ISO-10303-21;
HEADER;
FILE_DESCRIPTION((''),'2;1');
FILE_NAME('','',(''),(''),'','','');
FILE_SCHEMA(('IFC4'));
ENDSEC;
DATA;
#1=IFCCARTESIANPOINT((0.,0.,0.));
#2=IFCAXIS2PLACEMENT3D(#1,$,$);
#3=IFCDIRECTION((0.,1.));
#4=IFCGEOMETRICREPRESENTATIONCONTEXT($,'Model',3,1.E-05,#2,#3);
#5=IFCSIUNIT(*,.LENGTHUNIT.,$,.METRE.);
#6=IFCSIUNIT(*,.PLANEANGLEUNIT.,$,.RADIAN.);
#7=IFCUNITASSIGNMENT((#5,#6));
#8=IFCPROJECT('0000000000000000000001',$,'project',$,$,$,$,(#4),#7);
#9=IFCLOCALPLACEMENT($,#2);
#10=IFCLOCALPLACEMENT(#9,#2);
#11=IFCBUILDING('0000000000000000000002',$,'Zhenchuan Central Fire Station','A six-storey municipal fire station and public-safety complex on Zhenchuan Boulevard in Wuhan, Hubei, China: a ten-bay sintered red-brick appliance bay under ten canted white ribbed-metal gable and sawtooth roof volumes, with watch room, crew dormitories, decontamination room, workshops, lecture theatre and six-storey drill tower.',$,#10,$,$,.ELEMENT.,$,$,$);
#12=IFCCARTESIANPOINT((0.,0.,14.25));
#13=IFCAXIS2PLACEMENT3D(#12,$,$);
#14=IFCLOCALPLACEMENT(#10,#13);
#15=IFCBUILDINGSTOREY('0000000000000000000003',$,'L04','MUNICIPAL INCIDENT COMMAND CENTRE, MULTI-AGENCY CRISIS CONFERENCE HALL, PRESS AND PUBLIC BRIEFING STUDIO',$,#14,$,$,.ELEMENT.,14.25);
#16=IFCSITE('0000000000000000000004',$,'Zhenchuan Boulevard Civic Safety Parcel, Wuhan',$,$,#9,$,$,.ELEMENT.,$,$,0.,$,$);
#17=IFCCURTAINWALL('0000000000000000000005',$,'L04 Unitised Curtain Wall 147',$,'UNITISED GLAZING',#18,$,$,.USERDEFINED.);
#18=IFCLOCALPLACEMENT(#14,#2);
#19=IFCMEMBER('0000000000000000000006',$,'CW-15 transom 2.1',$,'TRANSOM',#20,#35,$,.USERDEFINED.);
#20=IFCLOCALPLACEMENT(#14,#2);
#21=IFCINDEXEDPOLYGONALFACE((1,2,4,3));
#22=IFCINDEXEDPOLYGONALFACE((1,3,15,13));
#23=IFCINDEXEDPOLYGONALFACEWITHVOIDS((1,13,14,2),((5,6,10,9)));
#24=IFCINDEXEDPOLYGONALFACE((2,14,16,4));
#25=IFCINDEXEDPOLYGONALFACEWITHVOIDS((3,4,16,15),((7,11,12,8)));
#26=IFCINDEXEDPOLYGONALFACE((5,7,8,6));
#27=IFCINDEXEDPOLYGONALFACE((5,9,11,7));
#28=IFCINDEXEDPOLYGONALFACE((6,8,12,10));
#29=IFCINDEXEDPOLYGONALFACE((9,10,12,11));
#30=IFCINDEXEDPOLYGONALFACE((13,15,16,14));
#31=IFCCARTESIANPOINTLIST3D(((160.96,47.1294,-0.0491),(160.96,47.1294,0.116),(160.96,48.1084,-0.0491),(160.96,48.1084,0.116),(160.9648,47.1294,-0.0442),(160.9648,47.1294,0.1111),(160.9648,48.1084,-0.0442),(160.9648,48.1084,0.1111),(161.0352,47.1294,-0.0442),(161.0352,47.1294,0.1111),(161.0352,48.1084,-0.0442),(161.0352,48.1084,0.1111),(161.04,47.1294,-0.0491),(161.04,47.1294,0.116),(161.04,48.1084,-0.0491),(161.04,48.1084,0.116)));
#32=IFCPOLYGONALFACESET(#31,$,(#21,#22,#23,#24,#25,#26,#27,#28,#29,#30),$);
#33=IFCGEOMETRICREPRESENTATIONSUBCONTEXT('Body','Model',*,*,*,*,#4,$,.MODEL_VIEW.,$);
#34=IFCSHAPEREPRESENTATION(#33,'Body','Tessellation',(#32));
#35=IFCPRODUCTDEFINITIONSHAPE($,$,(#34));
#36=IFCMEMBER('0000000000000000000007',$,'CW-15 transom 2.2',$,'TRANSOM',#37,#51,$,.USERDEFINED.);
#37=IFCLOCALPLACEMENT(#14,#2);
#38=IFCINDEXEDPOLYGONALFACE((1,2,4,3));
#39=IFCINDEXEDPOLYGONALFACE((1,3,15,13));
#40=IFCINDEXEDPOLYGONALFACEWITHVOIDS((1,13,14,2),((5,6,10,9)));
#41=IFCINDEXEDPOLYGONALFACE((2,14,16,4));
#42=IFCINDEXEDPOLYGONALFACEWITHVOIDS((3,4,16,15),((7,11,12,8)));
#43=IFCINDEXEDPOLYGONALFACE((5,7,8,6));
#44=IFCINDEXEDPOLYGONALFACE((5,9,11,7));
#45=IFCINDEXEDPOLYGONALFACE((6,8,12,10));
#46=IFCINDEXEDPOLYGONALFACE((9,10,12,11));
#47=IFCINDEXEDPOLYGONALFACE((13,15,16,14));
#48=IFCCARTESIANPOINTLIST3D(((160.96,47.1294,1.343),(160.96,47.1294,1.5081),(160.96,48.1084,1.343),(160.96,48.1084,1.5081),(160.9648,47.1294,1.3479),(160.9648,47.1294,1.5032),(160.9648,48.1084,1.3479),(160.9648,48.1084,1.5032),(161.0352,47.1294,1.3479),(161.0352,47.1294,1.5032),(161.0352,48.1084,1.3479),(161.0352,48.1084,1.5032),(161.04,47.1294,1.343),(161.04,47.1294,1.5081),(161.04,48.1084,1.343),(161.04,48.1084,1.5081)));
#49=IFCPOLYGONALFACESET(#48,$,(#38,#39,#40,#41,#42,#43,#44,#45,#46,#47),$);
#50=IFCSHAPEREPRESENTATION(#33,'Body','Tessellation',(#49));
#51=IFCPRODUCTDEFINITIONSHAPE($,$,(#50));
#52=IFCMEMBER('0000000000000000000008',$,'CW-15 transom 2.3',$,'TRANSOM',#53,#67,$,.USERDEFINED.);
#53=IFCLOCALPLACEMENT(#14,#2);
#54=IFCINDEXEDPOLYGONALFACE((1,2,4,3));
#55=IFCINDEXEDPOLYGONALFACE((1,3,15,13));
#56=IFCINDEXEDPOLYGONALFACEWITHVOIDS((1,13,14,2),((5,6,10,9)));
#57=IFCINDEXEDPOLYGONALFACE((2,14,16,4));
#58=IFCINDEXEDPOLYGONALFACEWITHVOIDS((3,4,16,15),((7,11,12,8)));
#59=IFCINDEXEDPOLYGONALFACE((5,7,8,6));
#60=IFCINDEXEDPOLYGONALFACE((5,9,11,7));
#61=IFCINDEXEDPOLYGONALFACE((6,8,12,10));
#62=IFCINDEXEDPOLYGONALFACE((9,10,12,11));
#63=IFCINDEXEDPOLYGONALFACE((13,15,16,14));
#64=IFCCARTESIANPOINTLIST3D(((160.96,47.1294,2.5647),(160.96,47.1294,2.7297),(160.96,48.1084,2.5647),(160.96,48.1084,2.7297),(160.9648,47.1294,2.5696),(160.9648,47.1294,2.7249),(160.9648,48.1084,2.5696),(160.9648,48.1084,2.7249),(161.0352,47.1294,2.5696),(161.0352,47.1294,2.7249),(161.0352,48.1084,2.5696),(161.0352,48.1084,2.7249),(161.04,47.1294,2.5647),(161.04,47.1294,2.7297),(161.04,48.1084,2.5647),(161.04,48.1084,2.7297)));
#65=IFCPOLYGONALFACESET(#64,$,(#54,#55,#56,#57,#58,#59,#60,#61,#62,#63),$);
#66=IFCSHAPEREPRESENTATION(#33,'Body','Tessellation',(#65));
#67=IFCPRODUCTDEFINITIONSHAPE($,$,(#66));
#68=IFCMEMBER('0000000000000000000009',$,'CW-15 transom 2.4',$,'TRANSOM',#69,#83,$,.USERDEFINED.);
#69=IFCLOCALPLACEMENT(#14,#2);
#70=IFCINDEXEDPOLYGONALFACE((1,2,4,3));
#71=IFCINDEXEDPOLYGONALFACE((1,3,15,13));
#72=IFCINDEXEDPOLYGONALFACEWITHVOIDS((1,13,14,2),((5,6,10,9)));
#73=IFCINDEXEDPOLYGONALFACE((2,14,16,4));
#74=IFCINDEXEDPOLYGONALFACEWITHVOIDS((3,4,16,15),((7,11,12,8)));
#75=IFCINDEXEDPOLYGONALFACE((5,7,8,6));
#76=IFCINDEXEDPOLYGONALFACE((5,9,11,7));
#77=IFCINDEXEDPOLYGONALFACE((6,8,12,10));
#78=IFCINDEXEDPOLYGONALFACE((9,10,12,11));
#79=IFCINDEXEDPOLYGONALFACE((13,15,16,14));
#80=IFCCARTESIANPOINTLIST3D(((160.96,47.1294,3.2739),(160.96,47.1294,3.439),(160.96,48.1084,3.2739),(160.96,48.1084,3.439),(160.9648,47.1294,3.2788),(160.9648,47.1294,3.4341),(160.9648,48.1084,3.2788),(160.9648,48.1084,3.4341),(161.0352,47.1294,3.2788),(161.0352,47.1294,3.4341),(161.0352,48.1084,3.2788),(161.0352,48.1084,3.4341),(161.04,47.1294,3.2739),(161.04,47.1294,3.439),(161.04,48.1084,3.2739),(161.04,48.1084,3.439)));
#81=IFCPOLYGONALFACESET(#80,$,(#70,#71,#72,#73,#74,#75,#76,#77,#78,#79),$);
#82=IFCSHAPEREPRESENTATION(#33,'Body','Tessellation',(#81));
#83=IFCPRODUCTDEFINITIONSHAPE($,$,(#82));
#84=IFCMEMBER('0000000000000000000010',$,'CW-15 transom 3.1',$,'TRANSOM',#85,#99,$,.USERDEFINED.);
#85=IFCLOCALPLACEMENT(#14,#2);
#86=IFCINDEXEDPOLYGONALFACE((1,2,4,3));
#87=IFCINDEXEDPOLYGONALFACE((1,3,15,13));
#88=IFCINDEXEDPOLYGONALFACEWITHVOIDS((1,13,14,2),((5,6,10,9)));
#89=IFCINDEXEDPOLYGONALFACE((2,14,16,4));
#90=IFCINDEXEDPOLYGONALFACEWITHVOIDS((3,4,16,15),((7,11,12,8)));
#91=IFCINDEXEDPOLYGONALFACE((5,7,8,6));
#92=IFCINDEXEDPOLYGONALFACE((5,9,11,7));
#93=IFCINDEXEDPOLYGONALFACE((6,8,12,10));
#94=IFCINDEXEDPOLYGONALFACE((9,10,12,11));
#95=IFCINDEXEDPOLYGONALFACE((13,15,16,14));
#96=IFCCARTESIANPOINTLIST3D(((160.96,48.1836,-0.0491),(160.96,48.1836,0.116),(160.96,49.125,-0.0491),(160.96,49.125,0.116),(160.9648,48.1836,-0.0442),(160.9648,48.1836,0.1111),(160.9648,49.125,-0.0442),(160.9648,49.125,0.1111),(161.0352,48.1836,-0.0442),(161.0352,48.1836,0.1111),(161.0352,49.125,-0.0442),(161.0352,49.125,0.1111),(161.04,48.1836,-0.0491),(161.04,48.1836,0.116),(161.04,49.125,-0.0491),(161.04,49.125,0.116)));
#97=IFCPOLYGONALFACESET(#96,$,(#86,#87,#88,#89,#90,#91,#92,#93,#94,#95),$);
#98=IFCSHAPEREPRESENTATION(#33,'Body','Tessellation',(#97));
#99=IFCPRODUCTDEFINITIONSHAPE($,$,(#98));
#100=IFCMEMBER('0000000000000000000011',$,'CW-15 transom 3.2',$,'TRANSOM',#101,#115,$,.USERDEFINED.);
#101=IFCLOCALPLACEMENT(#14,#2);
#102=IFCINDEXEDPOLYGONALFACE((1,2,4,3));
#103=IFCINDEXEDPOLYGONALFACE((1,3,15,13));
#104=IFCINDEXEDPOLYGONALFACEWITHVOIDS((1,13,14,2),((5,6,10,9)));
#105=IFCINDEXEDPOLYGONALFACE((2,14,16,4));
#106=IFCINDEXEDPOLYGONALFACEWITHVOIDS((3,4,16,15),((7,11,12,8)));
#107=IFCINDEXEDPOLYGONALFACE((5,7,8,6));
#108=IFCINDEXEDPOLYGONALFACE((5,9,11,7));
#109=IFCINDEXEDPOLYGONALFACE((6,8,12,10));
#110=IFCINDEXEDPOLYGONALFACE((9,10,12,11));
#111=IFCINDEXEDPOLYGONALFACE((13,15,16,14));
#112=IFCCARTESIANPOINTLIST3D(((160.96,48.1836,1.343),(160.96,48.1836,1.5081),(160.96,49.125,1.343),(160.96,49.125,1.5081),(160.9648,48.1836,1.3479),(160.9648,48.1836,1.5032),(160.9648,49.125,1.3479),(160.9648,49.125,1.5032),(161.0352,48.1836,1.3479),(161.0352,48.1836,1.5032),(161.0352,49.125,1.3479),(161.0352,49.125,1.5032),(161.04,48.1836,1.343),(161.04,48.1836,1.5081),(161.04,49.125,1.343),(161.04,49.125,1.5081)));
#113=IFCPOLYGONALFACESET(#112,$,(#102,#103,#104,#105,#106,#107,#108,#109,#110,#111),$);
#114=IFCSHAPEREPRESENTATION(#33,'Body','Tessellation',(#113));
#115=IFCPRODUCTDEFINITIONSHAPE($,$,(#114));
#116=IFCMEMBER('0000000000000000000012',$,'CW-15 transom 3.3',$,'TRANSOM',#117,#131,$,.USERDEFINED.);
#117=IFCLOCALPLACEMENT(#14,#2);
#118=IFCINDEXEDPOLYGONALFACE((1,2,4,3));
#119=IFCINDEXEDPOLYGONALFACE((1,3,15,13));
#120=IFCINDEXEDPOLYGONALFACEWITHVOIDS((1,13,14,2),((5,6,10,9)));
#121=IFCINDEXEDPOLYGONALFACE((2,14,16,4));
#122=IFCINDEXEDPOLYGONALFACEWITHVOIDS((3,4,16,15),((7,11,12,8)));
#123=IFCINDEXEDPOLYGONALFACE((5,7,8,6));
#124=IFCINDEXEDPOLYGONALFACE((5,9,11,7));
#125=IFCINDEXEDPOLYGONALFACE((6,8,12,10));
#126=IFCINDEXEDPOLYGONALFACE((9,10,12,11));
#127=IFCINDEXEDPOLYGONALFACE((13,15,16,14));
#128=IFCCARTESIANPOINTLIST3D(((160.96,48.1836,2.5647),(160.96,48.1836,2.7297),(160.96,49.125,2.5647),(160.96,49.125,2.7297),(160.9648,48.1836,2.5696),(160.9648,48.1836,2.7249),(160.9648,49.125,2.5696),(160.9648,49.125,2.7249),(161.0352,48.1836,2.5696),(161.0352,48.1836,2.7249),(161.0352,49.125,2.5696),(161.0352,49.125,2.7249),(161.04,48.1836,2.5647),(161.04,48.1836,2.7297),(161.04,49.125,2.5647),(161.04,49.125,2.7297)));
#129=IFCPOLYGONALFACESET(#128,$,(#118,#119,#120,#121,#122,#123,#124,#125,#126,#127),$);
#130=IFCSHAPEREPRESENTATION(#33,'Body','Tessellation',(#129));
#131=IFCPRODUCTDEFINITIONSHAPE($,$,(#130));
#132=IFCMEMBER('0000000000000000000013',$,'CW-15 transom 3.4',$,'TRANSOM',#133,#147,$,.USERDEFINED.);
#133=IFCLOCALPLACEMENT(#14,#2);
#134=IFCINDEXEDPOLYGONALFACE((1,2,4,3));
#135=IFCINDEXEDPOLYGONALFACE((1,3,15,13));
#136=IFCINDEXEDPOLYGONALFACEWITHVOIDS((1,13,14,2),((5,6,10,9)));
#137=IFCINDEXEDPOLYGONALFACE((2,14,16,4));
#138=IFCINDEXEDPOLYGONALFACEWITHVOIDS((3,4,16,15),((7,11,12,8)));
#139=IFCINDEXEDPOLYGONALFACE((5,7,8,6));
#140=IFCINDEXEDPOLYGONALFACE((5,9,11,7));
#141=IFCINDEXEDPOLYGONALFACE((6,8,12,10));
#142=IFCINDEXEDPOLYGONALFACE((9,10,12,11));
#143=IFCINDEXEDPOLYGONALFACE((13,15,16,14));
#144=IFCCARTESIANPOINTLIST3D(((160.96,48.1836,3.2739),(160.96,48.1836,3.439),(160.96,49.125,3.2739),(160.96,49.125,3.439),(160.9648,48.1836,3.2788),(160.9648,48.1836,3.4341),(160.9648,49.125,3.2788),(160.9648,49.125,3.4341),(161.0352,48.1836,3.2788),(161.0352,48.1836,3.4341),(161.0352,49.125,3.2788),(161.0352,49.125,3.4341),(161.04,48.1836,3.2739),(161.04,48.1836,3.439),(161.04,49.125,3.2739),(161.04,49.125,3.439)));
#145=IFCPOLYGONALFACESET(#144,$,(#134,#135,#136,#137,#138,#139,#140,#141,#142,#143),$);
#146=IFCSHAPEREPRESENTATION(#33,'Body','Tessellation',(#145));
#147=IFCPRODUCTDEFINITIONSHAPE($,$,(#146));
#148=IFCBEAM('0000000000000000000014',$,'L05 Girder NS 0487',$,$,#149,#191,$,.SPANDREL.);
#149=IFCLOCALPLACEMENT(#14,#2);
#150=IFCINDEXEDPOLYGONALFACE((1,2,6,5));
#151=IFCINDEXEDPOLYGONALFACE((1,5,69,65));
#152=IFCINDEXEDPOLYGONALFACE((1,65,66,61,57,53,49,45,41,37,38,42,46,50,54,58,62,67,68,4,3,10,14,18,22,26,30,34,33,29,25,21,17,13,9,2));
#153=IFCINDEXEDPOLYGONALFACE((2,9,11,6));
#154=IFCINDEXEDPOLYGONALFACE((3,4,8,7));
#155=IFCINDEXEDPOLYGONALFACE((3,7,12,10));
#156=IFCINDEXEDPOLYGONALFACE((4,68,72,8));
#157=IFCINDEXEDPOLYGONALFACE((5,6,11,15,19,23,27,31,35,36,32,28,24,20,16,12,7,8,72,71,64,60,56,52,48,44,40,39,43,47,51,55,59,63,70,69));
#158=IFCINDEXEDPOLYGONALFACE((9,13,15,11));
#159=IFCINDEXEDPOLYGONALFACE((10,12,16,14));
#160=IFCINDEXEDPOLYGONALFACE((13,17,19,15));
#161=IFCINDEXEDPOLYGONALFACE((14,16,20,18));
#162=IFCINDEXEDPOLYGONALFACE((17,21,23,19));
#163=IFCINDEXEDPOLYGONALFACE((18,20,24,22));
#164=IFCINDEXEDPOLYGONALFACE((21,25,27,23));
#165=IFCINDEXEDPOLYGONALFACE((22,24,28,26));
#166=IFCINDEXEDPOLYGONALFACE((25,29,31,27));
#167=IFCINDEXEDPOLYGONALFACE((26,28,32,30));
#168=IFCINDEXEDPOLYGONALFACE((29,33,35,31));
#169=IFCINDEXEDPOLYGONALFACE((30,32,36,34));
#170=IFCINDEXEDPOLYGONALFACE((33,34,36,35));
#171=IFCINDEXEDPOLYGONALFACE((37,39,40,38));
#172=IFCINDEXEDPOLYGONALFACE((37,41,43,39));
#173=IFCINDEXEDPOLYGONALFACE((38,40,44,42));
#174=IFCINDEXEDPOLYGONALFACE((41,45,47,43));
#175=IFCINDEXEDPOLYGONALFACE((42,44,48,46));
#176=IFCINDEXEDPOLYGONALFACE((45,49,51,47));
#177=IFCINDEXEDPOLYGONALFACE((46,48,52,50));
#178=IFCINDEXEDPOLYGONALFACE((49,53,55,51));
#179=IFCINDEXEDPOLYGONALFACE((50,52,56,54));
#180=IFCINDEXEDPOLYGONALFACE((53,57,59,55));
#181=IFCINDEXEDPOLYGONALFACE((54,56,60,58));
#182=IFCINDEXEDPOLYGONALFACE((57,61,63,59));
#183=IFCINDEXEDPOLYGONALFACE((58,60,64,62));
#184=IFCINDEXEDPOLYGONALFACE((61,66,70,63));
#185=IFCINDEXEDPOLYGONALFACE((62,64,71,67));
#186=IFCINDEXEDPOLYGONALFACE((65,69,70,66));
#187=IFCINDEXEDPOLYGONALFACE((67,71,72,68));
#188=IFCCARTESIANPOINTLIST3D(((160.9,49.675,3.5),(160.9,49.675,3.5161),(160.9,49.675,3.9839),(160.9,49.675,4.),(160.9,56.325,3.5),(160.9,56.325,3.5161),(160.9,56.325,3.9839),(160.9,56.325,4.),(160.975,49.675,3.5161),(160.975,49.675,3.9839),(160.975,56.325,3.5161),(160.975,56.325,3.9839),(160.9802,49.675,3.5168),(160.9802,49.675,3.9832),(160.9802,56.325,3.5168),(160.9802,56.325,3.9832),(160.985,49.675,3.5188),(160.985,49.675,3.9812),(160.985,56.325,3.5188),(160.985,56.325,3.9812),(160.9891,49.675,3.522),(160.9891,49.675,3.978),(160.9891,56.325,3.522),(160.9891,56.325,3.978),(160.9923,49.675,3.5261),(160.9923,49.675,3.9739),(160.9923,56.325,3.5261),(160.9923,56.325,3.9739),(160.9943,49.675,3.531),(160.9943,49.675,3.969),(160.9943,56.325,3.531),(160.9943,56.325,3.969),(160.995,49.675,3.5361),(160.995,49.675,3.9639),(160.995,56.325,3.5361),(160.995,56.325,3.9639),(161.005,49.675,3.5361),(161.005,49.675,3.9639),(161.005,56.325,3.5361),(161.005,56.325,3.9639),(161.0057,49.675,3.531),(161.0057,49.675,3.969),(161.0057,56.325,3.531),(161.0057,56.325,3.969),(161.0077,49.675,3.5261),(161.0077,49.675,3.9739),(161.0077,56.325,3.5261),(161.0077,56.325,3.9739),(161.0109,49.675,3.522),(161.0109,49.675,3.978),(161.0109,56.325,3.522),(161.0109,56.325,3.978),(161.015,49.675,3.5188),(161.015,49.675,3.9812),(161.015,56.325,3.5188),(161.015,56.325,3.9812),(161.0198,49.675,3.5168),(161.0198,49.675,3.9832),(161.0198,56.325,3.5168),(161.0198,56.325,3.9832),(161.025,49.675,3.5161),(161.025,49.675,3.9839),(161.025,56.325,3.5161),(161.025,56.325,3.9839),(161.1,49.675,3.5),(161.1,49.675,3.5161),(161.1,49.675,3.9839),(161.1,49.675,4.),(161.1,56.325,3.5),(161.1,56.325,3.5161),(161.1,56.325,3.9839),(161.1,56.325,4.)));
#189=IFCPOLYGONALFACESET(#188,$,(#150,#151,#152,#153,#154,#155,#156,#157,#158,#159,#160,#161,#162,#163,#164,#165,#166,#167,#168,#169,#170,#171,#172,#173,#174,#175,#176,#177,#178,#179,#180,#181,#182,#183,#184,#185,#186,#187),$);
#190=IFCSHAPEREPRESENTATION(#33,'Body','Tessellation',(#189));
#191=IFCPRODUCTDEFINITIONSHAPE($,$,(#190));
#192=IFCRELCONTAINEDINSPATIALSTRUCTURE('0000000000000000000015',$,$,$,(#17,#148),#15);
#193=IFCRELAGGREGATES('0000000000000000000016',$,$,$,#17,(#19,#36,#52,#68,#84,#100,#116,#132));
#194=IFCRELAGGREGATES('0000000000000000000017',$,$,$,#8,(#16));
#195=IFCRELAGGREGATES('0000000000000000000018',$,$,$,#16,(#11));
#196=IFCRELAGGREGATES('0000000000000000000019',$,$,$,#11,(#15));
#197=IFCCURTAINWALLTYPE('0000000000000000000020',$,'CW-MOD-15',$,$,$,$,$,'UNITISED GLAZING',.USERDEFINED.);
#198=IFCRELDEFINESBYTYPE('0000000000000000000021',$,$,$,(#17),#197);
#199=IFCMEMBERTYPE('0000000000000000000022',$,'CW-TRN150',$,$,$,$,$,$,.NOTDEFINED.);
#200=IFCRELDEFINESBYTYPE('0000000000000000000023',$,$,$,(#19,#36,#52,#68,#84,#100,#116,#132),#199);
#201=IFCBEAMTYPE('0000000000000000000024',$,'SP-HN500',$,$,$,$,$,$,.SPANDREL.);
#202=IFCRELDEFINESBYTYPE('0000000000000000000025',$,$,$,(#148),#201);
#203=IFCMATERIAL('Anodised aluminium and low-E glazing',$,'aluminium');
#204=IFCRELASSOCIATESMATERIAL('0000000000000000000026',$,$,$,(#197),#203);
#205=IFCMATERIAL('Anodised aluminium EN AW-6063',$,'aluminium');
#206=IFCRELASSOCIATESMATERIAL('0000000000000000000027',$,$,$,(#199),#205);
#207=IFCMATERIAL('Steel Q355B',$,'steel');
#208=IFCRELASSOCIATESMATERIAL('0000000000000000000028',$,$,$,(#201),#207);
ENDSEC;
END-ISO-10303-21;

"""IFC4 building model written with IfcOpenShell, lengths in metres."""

from ifc_helpers import new_model, si_unit, direction, frame, origin, origin_2d, place, context, subcontext, project, spatial, hollow_rectangle, i_section, extrude, material, material_profile, profile_set, type_object, element, aggregate, save


model = new_model("IFC4")

# Units and contexts
model_context = context("Model", 3, precision=1e-05, world=origin(), true_north=direction((0.0, 1.0)))
body_context = subcontext(model_context, "Body", "Model", "MODEL_VIEW")
ifc_project = project(units=[si_unit("LENGTHUNIT", "METRE"), si_unit("PLANEANGLEUNIT", "RADIAN")], contexts=[model_context])

# Site, building, storey
site_placement = place(None, origin())
site = spatial("IfcSite", under=ifc_project, at=site_placement, Name="Zhenchuan Boulevard Civic Safety Parcel, Wuhan", CompositionType="ELEMENT", RefElevation=0.0)
building_placement = place(site_placement, origin())
building = spatial("IfcBuilding", under=site, at=building_placement, Name="Zhenchuan Central Fire Station", Description="A six-storey municipal fire station and public-safety complex on Zhenchuan Boulevard in Wuhan, Hubei, China: a ten-bay sintered red-brick appliance bay under ten canted white ribbed-metal gable and sawtooth roof volumes, with watch room, crew dormitories, decontamination room, workshops, lecture theatre and six-storey drill tower.", CompositionType="ELEMENT")
storey_placement = place(building_placement, frame((0.0, 0.0, 14.25)))
storey = spatial("IfcBuildingStorey", under=building, at=storey_placement, Name="L04", Description="MUNICIPAL INCIDENT COMMAND CENTRE, MULTI-AGENCY CRISIS CONFERENCE HALL, PRESS AND PUBLIC BRIEFING STUDIO", CompositionType="ELEMENT", Elevation=14.25)

# Shared definitions
ifc_material_1 = material(Name="Steel Q355B", Category="steel")

# Curtain wall, members
ifc_material_2 = material(Name="Anodised aluminium and low-E glazing", Category="aluminium")
curtain_wall_type = type_object("IfcCurtainWallType", Name="CW-MOD-15", ElementType="UNITISED GLAZING", PredefinedType="USERDEFINED", material=ifc_material_2)
curtain_wall_placement = place(storey_placement, origin())
curtain_wall = element("IfcCurtainWall", 1, at=curtain_wall_placement, inside=storey, type_object=curtain_wall_type, Name="L04 Unitised Curtain Wall 147", ObjectType="UNITISED GLAZING", PredefinedType="USERDEFINED")
ifc_material_3 = material(Name="Anodised aluminium EN AW-6063", Category="aluminium")
ifc_material_profile_1 = material_profile(ifc_material_3, hollow_rectangle(XDim=0.0801, YDim=0.165, WallThickness=0.0049, at=origin_2d()), Name="ALU-T 165x80")
ifc_profile_set_1 = profile_set([ifc_material_profile_1], Name="Anodised aluminium EN AW-6063")
member_type_1 = type_object("IfcMemberType", Name="CW-TRN150", PredefinedType="NOTDEFINED", material=ifc_profile_set_1)
member_1_placement = place(storey_placement, frame((161.0, 47.1294, 0.0334), z_axis=(0.0, 1.0, 0.0), x_axis=(-1.0, 0.0, 0.0)))
member_1 = element("IfcMember", 2, at=member_1_placement, type_object=member_type_1, Name="CW-15 transom 2.1", ObjectType="TRANSOM", PredefinedType="USERDEFINED", context=body_context, shape_type="SweptSolid", body=[
    extrude(hollow_rectangle(XDim=0.0801, YDim=0.165, WallThickness=0.0049, at=origin_2d()), origin(), (0.0, 0.0, 1.0), 0.979),
])
member_2_placement = place(storey_placement, frame((161.0, 47.1294, 1.4255), z_axis=(0.0, 1.0, 0.0), x_axis=(-1.0, 0.0, 0.0)))
member_2 = element("IfcMember", 3, at=member_2_placement, type_object=member_type_1, Name="CW-15 transom 2.2", ObjectType="TRANSOM", PredefinedType="USERDEFINED", context=body_context, shape_type="SweptSolid", body=[
    extrude(hollow_rectangle(XDim=0.0801, YDim=0.165, WallThickness=0.0049, at=origin_2d()), origin(), (0.0, 0.0, 1.0), 0.979),
])
member_3_placement = place(storey_placement, frame((161.0, 47.1294, 2.6472), z_axis=(0.0, 1.0, 0.0), x_axis=(-1.0, 0.0, 0.0)))
member_3 = element("IfcMember", 4, at=member_3_placement, type_object=member_type_1, Name="CW-15 transom 2.3", ObjectType="TRANSOM", PredefinedType="USERDEFINED", context=body_context, shape_type="SweptSolid", body=[
    extrude(hollow_rectangle(XDim=0.0801, YDim=0.165, WallThickness=0.0049, at=origin_2d()), origin(), (0.0, 0.0, 1.0), 0.979),
])
member_4_placement = place(storey_placement, frame((161.0, 47.1294, 3.3564), z_axis=(0.0, 1.0, 0.0), x_axis=(-1.0, 0.0, 0.0)))
member_4 = element("IfcMember", 5, at=member_4_placement, type_object=member_type_1, Name="CW-15 transom 2.4", ObjectType="TRANSOM", PredefinedType="USERDEFINED", context=body_context, shape_type="SweptSolid", body=[
    extrude(hollow_rectangle(XDim=0.0801, YDim=0.165, WallThickness=0.0049, at=origin_2d()), origin(), (0.0, 0.0, 1.0), 0.979),
])
member_5_placement = place(storey_placement, frame((161.0, 48.1836, 0.0334), z_axis=(0.0, 1.0, 0.0), x_axis=(-1.0, 0.0, 0.0)))
member_5 = element("IfcMember", 6, at=member_5_placement, type_object=member_type_1, Name="CW-15 transom 3.1", ObjectType="TRANSOM", PredefinedType="USERDEFINED", context=body_context, shape_type="SweptSolid", body=[
    extrude(hollow_rectangle(XDim=0.0801, YDim=0.165, WallThickness=0.0049, at=origin_2d()), origin(), (0.0, 0.0, 1.0), 0.9414),
])
member_6_placement = place(storey_placement, frame((161.0, 48.1836, 1.4255), z_axis=(0.0, 1.0, 0.0), x_axis=(-1.0, 0.0, 0.0)))
member_6 = element("IfcMember", 7, at=member_6_placement, type_object=member_type_1, Name="CW-15 transom 3.2", ObjectType="TRANSOM", PredefinedType="USERDEFINED", context=body_context, shape_type="SweptSolid", body=[
    extrude(hollow_rectangle(XDim=0.0801, YDim=0.165, WallThickness=0.0049, at=origin_2d()), origin(), (0.0, 0.0, 1.0), 0.9414),
])
member_7_placement = place(storey_placement, frame((161.0, 48.1836, 2.6472), z_axis=(0.0, 1.0, 0.0), x_axis=(-1.0, 0.0, 0.0)))
member_7 = element("IfcMember", 8, at=member_7_placement, type_object=member_type_1, Name="CW-15 transom 3.3", ObjectType="TRANSOM", PredefinedType="USERDEFINED", context=body_context, shape_type="SweptSolid", body=[
    extrude(hollow_rectangle(XDim=0.0801, YDim=0.165, WallThickness=0.0049, at=origin_2d()), origin(), (0.0, 0.0, 1.0), 0.9414),
])
member_8_placement = place(storey_placement, frame((161.0, 48.1836, 3.3564), z_axis=(0.0, 1.0, 0.0), x_axis=(-1.0, 0.0, 0.0)))
member_8 = element("IfcMember", 9, at=member_8_placement, type_object=member_type_1, Name="CW-15 transom 3.4", ObjectType="TRANSOM", PredefinedType="USERDEFINED", context=body_context, shape_type="SweptSolid", body=[
    extrude(hollow_rectangle(XDim=0.0801, YDim=0.165, WallThickness=0.0049, at=origin_2d()), origin(), (0.0, 0.0, 1.0), 0.9414),
])

# Beam
ifc_material_profile_2 = material_profile(ifc_material_1, i_section(OverallWidth=0.2, OverallDepth=0.5, WebThickness=0.01, FlangeThickness=0.0161, FilletRadius=0.02, at=origin_2d()), Name="HN 500x200")
ifc_profile_set_2 = profile_set([ifc_material_profile_2], Name="Steel Q355B")
beam_type = type_object("IfcBeamType", Name="SP-HN500", PredefinedType="SPANDREL", material=ifc_profile_set_2)
beam_placement = place(storey_placement, frame((161.0, 49.675, 3.75), z_axis=(0.0, 1.0, 0.0), x_axis=(-1.0, 0.0, 0.0)))
element("IfcBeam", 10, at=beam_placement, inside=storey, type_object=beam_type, Name="L05 Girder NS 0487", PredefinedType="SPANDREL", context=body_context, shape_type="SweptSolid", body=[
    extrude(i_section(OverallWidth=0.2, OverallDepth=0.5, WebThickness=0.01, FlangeThickness=0.0161, FilletRadius=0.02, at=origin_2d()), origin(), (0.0, 0.0, 1.0), 6.6499),
])

aggregate(curtain_wall, [member_1, member_2, member_3, member_4, member_5, member_6, member_7, member_8])

save(model, "model.ifc")
